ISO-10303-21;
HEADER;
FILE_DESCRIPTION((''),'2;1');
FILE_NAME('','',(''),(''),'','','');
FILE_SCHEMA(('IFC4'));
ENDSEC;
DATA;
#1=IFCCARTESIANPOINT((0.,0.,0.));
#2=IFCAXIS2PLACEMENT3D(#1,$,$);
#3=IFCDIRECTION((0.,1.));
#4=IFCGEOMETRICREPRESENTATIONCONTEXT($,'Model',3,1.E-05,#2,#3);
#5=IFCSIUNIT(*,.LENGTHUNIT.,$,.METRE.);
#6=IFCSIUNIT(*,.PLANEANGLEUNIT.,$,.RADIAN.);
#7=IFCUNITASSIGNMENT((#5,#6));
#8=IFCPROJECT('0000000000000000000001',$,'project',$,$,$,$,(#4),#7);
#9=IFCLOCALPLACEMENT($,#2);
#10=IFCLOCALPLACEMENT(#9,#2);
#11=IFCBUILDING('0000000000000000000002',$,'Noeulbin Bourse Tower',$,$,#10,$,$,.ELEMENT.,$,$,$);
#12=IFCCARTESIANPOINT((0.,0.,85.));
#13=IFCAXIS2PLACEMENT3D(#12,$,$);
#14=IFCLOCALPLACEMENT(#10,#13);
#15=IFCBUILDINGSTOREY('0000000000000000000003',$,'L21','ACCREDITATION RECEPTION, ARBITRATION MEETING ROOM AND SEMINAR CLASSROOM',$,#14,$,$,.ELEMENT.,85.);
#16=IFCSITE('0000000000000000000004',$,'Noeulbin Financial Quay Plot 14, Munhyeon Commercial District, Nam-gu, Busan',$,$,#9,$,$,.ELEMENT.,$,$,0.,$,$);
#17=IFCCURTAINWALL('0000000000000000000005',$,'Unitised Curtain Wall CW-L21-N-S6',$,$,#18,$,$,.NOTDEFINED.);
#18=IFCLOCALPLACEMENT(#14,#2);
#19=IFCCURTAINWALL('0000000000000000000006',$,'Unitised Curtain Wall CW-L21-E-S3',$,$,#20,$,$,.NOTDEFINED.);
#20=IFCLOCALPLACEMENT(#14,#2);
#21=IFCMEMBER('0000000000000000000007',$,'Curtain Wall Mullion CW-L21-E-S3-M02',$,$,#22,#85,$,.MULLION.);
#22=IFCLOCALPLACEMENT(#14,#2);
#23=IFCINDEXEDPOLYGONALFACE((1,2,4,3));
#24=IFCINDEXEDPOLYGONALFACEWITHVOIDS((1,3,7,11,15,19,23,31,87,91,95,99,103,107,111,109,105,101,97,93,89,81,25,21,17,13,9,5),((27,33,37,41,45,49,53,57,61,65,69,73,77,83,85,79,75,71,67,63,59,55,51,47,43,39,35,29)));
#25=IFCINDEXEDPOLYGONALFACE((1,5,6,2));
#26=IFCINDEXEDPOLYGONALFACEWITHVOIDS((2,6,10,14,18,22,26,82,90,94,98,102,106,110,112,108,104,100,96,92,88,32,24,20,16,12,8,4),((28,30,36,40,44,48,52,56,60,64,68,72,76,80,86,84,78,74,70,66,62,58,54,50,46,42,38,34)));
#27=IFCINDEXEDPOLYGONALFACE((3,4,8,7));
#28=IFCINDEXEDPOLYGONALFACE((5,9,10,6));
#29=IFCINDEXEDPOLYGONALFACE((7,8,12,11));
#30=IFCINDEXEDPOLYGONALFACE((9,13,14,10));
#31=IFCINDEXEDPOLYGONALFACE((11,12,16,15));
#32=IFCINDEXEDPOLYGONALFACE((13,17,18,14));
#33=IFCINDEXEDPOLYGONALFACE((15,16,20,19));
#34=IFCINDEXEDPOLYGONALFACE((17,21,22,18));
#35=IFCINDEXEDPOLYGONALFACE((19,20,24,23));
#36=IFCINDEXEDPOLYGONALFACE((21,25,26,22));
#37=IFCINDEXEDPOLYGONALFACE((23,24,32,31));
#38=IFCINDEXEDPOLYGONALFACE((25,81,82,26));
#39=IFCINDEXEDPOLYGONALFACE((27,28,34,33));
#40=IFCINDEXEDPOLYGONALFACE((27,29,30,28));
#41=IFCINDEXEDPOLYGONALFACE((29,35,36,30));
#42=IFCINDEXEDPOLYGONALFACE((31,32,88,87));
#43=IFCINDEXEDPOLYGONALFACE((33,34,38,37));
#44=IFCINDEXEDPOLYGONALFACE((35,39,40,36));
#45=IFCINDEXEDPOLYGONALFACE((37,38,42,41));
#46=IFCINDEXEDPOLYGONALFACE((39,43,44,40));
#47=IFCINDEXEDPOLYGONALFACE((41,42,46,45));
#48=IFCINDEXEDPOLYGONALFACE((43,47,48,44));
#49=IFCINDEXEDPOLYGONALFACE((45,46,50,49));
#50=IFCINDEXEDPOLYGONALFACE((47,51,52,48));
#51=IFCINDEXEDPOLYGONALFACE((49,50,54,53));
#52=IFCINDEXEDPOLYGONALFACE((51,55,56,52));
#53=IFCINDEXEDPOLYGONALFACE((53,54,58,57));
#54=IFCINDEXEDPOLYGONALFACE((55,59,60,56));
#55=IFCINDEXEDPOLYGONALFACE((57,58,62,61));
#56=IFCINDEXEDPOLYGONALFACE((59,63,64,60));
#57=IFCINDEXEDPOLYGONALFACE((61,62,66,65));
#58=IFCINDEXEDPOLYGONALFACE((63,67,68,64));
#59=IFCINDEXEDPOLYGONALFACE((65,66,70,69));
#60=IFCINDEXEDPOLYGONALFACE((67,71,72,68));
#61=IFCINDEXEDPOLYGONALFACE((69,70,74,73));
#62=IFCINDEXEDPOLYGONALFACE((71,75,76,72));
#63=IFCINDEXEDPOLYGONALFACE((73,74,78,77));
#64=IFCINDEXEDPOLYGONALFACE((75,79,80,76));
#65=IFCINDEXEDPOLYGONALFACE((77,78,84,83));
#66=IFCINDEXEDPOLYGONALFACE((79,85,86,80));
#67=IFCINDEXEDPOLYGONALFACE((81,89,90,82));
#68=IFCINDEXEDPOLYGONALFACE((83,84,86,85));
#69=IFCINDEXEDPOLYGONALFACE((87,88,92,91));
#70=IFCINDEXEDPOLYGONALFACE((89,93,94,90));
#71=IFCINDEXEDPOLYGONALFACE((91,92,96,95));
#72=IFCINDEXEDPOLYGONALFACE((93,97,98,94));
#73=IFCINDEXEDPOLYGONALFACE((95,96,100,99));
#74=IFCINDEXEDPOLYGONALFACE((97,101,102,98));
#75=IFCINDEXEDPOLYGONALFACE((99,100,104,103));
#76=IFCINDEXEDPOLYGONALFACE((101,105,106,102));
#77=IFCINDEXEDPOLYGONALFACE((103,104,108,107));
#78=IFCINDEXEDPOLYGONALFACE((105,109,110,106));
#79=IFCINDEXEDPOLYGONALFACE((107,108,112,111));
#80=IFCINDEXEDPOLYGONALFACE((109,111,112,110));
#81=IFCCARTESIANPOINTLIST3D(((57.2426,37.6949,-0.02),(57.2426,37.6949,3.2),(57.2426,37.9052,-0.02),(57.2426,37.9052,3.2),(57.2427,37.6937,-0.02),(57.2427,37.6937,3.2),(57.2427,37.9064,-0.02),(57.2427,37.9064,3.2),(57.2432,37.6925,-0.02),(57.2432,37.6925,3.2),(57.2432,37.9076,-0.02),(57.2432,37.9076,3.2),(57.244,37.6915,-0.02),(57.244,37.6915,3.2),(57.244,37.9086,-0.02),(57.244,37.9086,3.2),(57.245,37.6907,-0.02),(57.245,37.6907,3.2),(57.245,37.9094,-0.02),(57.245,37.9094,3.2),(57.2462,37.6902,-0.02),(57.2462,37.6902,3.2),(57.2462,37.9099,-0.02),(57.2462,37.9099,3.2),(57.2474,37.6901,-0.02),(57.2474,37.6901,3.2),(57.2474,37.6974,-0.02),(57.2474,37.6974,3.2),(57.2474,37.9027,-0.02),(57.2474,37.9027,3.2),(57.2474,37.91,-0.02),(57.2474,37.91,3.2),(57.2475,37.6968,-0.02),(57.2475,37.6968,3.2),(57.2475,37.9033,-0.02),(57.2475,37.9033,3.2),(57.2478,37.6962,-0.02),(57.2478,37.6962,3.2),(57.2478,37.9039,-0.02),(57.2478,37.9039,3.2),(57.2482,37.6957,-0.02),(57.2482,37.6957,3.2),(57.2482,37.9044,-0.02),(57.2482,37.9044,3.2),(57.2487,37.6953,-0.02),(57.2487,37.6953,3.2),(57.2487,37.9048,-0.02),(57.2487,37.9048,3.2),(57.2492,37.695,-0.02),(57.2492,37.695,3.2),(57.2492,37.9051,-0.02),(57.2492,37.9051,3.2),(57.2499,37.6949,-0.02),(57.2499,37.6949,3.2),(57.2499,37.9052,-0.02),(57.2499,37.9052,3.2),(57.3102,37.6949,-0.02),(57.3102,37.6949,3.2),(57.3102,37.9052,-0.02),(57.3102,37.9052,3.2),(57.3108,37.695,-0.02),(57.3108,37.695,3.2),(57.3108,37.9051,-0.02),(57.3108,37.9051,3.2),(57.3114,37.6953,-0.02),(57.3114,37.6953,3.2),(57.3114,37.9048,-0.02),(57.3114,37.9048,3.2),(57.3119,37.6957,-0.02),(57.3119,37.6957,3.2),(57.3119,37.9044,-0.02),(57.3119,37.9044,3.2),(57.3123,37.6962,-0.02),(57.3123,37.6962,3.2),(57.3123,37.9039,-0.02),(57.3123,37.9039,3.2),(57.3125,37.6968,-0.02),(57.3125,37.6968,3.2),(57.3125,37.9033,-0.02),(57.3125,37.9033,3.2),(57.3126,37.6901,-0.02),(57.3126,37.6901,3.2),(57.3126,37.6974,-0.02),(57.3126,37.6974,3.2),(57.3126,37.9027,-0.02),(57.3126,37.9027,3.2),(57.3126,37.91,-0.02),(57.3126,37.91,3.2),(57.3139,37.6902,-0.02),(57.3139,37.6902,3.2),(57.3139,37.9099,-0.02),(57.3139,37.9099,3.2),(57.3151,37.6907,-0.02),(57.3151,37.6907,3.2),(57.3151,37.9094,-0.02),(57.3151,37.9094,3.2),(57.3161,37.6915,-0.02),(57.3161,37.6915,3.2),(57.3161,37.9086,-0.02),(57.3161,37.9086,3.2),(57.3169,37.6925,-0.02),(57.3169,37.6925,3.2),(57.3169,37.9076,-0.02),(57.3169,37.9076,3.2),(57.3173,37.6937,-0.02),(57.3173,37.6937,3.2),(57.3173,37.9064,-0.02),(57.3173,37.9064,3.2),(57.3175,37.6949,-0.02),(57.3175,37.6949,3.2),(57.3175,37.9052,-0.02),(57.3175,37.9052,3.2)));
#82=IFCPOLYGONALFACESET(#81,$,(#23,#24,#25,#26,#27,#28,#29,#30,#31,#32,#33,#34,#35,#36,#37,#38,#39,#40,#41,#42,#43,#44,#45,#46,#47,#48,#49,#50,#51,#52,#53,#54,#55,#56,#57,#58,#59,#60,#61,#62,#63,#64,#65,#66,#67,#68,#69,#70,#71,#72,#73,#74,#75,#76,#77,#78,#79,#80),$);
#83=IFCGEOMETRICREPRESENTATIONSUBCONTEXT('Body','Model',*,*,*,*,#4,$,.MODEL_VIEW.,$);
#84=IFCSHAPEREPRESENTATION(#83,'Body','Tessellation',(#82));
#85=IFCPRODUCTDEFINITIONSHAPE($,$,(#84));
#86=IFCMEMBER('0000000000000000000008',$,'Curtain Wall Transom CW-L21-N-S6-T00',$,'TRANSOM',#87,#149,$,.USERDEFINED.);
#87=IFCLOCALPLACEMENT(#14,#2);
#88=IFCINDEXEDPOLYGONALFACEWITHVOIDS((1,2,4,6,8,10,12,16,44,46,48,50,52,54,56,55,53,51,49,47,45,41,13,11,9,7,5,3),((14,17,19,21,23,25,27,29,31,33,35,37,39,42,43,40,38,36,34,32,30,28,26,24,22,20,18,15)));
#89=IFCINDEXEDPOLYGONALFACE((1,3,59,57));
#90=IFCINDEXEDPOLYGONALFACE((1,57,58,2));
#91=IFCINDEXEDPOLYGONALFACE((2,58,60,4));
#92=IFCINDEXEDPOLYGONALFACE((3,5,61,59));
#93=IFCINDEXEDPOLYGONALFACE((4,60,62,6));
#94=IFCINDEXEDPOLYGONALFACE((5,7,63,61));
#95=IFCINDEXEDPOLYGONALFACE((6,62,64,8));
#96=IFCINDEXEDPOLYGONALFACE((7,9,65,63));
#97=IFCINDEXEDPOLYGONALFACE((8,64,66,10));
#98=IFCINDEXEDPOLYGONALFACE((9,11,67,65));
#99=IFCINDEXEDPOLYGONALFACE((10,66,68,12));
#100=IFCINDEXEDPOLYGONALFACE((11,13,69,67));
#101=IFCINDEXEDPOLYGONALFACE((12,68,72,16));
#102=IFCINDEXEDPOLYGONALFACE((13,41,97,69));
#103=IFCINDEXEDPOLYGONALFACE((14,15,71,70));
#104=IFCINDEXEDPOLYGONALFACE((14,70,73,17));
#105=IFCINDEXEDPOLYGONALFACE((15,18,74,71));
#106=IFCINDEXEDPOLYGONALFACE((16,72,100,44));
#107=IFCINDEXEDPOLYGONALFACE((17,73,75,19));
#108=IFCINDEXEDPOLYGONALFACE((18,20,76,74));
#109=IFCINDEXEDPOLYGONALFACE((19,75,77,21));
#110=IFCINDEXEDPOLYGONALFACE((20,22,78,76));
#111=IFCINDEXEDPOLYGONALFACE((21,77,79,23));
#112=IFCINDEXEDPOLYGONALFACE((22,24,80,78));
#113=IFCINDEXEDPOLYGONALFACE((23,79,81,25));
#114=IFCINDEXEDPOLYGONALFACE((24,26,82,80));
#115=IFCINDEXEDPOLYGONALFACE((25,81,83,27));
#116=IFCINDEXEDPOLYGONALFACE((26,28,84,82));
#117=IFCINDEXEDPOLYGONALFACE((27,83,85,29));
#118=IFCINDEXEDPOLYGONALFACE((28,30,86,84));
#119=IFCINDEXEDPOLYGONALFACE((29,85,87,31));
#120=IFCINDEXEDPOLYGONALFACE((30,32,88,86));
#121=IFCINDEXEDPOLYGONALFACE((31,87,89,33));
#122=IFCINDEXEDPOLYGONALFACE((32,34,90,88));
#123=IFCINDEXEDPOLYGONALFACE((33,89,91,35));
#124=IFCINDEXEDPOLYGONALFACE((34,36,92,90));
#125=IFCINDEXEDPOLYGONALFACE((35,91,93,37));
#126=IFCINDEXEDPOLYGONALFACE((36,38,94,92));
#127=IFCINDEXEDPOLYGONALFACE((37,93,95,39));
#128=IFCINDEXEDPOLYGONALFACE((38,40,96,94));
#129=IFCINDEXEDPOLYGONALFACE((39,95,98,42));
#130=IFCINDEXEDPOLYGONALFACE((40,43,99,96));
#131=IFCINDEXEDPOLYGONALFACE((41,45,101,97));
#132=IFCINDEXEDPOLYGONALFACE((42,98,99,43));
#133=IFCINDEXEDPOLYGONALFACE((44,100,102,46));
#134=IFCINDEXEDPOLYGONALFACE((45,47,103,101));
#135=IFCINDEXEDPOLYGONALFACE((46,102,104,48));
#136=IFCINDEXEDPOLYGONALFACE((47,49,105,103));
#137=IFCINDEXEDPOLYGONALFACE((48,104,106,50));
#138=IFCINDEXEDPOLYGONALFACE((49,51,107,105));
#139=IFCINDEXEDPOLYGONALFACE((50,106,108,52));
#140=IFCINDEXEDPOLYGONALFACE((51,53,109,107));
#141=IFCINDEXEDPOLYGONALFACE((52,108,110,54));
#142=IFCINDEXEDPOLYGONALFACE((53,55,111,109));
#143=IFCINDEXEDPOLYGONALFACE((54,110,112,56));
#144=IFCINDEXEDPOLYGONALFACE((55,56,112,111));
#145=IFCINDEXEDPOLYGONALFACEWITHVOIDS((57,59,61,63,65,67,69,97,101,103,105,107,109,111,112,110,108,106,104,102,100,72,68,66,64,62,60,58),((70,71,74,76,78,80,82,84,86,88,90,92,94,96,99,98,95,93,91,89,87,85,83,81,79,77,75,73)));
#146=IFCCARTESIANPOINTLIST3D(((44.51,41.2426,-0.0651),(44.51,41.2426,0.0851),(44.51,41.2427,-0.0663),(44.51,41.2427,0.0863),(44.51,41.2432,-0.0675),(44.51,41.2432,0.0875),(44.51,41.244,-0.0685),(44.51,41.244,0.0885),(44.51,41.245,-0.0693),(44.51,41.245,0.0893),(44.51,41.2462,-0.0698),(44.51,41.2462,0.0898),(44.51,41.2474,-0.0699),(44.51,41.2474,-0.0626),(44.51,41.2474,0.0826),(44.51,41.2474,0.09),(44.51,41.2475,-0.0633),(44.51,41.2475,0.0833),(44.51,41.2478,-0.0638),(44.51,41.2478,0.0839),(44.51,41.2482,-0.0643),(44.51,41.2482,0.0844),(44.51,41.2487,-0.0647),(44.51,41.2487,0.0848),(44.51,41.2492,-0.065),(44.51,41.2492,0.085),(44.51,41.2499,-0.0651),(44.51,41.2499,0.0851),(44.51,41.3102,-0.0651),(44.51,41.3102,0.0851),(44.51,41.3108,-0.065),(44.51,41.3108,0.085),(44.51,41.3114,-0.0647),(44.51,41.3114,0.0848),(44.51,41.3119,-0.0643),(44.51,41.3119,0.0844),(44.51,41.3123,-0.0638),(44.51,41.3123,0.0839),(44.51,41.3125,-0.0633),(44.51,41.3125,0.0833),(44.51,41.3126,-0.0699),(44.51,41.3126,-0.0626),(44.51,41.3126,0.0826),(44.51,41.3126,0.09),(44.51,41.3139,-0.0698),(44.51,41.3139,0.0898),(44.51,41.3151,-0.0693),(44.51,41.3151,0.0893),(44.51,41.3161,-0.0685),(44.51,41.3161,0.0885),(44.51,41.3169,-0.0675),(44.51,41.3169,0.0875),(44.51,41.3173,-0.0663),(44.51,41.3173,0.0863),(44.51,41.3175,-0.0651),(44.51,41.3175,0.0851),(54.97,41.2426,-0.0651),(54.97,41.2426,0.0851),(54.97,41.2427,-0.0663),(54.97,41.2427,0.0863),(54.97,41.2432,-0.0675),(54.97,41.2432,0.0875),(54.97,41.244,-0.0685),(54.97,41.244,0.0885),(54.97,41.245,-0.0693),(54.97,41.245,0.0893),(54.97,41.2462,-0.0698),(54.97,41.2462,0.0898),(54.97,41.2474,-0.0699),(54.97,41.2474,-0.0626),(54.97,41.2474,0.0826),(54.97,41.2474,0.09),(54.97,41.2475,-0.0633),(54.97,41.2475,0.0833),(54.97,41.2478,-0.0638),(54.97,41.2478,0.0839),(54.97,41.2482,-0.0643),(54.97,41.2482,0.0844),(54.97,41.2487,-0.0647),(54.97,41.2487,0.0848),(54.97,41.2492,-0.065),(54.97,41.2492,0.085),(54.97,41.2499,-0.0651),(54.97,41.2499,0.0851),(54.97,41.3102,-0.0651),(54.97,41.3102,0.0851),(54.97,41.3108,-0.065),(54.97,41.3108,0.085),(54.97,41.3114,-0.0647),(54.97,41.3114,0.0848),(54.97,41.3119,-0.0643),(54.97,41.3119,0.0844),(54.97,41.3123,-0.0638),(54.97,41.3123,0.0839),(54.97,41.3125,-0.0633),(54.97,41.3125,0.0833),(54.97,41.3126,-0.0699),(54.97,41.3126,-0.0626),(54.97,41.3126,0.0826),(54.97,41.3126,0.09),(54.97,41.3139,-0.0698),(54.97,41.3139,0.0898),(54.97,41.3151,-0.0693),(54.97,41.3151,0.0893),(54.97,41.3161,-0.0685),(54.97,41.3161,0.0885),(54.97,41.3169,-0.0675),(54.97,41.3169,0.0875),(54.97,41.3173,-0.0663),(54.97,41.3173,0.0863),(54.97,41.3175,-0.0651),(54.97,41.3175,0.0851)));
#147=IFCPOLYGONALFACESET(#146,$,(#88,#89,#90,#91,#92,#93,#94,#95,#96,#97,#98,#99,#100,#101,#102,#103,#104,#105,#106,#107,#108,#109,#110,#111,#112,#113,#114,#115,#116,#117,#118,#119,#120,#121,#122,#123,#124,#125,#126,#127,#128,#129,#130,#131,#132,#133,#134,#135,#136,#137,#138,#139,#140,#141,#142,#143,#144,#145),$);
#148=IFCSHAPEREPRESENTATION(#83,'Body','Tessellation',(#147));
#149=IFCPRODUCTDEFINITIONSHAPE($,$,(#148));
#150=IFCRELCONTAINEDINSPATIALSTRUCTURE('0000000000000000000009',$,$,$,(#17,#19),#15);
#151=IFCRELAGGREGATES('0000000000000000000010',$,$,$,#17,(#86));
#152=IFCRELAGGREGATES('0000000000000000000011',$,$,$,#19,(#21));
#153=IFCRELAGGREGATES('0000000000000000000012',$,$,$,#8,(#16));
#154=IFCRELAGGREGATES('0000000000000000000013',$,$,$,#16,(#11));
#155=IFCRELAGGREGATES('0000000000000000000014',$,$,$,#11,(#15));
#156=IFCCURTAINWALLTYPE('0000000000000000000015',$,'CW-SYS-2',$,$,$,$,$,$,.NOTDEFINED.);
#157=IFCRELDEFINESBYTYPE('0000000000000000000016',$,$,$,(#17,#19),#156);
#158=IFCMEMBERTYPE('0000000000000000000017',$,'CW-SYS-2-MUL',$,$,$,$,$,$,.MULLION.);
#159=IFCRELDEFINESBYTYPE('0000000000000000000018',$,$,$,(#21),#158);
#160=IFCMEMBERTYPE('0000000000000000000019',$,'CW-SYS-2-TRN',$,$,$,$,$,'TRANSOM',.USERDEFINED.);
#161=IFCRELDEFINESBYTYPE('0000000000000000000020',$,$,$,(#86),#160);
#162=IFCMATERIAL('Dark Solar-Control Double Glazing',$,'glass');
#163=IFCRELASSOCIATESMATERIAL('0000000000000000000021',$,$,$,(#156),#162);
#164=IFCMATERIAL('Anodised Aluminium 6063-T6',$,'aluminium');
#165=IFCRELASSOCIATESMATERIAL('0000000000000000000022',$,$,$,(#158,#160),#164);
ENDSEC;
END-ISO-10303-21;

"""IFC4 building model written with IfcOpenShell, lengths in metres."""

from ifc_helpers import new_model, si_unit, direction, frame, origin, origin_2d, place, context, subcontext, project, spatial, hollow_rectangle, extrude, material, material_profile, profile_set, type_object, element, aggregate, save


model = new_model("IFC4")

# Units and contexts
model_context = context("Model", 3, precision=1e-05, world=origin(), true_north=direction((0.0, 1.0)))
body_context = subcontext(model_context, "Body", "Model", "MODEL_VIEW")
ifc_project = project(units=[si_unit("LENGTHUNIT", "METRE"), si_unit("PLANEANGLEUNIT", "RADIAN")], contexts=[model_context])

# Site, building, storey
site_placement = place(None, origin())
site = spatial("IfcSite", under=ifc_project, at=site_placement, Name="Noeulbin Financial Quay Plot 14, Munhyeon Commercial District, Nam-gu, Busan", CompositionType="ELEMENT", RefElevation=0.0)
building_placement = place(site_placement, origin())
building = spatial("IfcBuilding", under=site, at=building_placement, Name="Noeulbin Bourse Tower", CompositionType="ELEMENT")
storey_placement = place(building_placement, frame((0.0, 0.0, 85.0)))
storey = spatial("IfcBuildingStorey", under=building, at=storey_placement, Name="L21", Description="ACCREDITATION RECEPTION, ARBITRATION MEETING ROOM AND SEMINAR CLASSROOM", CompositionType="ELEMENT", Elevation=85.0)

# Shared definitions
ifc_material_1 = material(Name="Dark Solar-Control Double Glazing", Category="glass")
curtain_wall_type = type_object("IfcCurtainWallType", Name="CW-SYS-2", PredefinedType="NOTDEFINED", material=ifc_material_1)
ifc_material_2 = material(Name="Anodised Aluminium 6063-T6", Category="aluminium")
ifc_material_profile_1 = material_profile(ifc_material_2, hollow_rectangle(XDim=0.075, YDim=0.22, WallThickness=0.0049, InnerFilletRadius=0.0024, OuterFilletRadius=0.0049, at=origin_2d()), Name="ALU-MULL-75x220x5", Category="LoadBearing")
ifc_profile_set_1 = profile_set([ifc_material_profile_1], Name="Anodised Aluminium 6063-T6")
member_type_1 = type_object("IfcMemberType", Name="CW-SYS-2-MUL", PredefinedType="MULLION", material=ifc_profile_set_1)

# Curtain wall
curtain_wall_1_placement = place(storey_placement, origin())
curtain_wall_1 = element("IfcCurtainWall", 1, at=curtain_wall_1_placement, inside=storey, type_object=curtain_wall_type, Name="Unitised Curtain Wall CW-L21-N-S6", PredefinedType="NOTDEFINED")

# Curtain wall, member
curtain_wall_2_placement = place(storey_placement, origin())
curtain_wall_2 = element("IfcCurtainWall", 2, at=curtain_wall_2_placement, inside=storey, type_object=curtain_wall_type, Name="Unitised Curtain Wall CW-L21-E-S3", PredefinedType="NOTDEFINED")
member_1_placement = place(storey_placement, frame((57.28, 37.8, -0.02), z_axis=(0.0, 0.0, 1.0), x_axis=(1.0, 0.0, 0.0)))
member_1 = element("IfcMember", 3, at=member_1_placement, type_object=member_type_1, Name="Curtain Wall Mullion CW-L21-E-S3-M02", PredefinedType="MULLION", context=body_context, shape_type="SweptSolid", body=[
    extrude(hollow_rectangle(XDim=0.075, YDim=0.22, WallThickness=0.0049, InnerFilletRadius=0.0024, OuterFilletRadius=0.0049, at=origin_2d()), origin(), (0.0, 0.0, 1.0), 3.22),
])

# Member
ifc_material_profile_2 = material_profile(ifc_material_2, hollow_rectangle(XDim=0.075, YDim=0.1599, WallThickness=0.0049, InnerFilletRadius=0.0024, OuterFilletRadius=0.0049, at=origin_2d()), Name="ALU-TRAN-75x160x5", Category="LoadBearing")
ifc_profile_set_2 = profile_set([ifc_material_profile_2], Name="Anodised Aluminium 6063-T6")
member_type_2 = type_object("IfcMemberType", Name="CW-SYS-2-TRN", ElementType="TRANSOM", PredefinedType="USERDEFINED", material=ifc_profile_set_2)
member_2_placement = place(storey_placement, frame((44.51, 41.28, 0.01), z_axis=(1.0, 0.0, 0.0), x_axis=(0.0, 1.0, 0.0)))
member_2 = element("IfcMember", 4, at=member_2_placement, type_object=member_type_2, Name="Curtain Wall Transom CW-L21-N-S6-T00", ObjectType="TRANSOM", PredefinedType="USERDEFINED", context=body_context, shape_type="SweptSolid", body=[
    extrude(hollow_rectangle(XDim=0.075, YDim=0.1599, WallThickness=0.0049, InnerFilletRadius=0.0024, OuterFilletRadius=0.0049, at=origin_2d()), origin(), (0.0, 0.0, 1.0), 10.46),
])

aggregate(curtain_wall_1, [member_2])
aggregate(curtain_wall_2, [member_1])

save(model, "model.ifc")
